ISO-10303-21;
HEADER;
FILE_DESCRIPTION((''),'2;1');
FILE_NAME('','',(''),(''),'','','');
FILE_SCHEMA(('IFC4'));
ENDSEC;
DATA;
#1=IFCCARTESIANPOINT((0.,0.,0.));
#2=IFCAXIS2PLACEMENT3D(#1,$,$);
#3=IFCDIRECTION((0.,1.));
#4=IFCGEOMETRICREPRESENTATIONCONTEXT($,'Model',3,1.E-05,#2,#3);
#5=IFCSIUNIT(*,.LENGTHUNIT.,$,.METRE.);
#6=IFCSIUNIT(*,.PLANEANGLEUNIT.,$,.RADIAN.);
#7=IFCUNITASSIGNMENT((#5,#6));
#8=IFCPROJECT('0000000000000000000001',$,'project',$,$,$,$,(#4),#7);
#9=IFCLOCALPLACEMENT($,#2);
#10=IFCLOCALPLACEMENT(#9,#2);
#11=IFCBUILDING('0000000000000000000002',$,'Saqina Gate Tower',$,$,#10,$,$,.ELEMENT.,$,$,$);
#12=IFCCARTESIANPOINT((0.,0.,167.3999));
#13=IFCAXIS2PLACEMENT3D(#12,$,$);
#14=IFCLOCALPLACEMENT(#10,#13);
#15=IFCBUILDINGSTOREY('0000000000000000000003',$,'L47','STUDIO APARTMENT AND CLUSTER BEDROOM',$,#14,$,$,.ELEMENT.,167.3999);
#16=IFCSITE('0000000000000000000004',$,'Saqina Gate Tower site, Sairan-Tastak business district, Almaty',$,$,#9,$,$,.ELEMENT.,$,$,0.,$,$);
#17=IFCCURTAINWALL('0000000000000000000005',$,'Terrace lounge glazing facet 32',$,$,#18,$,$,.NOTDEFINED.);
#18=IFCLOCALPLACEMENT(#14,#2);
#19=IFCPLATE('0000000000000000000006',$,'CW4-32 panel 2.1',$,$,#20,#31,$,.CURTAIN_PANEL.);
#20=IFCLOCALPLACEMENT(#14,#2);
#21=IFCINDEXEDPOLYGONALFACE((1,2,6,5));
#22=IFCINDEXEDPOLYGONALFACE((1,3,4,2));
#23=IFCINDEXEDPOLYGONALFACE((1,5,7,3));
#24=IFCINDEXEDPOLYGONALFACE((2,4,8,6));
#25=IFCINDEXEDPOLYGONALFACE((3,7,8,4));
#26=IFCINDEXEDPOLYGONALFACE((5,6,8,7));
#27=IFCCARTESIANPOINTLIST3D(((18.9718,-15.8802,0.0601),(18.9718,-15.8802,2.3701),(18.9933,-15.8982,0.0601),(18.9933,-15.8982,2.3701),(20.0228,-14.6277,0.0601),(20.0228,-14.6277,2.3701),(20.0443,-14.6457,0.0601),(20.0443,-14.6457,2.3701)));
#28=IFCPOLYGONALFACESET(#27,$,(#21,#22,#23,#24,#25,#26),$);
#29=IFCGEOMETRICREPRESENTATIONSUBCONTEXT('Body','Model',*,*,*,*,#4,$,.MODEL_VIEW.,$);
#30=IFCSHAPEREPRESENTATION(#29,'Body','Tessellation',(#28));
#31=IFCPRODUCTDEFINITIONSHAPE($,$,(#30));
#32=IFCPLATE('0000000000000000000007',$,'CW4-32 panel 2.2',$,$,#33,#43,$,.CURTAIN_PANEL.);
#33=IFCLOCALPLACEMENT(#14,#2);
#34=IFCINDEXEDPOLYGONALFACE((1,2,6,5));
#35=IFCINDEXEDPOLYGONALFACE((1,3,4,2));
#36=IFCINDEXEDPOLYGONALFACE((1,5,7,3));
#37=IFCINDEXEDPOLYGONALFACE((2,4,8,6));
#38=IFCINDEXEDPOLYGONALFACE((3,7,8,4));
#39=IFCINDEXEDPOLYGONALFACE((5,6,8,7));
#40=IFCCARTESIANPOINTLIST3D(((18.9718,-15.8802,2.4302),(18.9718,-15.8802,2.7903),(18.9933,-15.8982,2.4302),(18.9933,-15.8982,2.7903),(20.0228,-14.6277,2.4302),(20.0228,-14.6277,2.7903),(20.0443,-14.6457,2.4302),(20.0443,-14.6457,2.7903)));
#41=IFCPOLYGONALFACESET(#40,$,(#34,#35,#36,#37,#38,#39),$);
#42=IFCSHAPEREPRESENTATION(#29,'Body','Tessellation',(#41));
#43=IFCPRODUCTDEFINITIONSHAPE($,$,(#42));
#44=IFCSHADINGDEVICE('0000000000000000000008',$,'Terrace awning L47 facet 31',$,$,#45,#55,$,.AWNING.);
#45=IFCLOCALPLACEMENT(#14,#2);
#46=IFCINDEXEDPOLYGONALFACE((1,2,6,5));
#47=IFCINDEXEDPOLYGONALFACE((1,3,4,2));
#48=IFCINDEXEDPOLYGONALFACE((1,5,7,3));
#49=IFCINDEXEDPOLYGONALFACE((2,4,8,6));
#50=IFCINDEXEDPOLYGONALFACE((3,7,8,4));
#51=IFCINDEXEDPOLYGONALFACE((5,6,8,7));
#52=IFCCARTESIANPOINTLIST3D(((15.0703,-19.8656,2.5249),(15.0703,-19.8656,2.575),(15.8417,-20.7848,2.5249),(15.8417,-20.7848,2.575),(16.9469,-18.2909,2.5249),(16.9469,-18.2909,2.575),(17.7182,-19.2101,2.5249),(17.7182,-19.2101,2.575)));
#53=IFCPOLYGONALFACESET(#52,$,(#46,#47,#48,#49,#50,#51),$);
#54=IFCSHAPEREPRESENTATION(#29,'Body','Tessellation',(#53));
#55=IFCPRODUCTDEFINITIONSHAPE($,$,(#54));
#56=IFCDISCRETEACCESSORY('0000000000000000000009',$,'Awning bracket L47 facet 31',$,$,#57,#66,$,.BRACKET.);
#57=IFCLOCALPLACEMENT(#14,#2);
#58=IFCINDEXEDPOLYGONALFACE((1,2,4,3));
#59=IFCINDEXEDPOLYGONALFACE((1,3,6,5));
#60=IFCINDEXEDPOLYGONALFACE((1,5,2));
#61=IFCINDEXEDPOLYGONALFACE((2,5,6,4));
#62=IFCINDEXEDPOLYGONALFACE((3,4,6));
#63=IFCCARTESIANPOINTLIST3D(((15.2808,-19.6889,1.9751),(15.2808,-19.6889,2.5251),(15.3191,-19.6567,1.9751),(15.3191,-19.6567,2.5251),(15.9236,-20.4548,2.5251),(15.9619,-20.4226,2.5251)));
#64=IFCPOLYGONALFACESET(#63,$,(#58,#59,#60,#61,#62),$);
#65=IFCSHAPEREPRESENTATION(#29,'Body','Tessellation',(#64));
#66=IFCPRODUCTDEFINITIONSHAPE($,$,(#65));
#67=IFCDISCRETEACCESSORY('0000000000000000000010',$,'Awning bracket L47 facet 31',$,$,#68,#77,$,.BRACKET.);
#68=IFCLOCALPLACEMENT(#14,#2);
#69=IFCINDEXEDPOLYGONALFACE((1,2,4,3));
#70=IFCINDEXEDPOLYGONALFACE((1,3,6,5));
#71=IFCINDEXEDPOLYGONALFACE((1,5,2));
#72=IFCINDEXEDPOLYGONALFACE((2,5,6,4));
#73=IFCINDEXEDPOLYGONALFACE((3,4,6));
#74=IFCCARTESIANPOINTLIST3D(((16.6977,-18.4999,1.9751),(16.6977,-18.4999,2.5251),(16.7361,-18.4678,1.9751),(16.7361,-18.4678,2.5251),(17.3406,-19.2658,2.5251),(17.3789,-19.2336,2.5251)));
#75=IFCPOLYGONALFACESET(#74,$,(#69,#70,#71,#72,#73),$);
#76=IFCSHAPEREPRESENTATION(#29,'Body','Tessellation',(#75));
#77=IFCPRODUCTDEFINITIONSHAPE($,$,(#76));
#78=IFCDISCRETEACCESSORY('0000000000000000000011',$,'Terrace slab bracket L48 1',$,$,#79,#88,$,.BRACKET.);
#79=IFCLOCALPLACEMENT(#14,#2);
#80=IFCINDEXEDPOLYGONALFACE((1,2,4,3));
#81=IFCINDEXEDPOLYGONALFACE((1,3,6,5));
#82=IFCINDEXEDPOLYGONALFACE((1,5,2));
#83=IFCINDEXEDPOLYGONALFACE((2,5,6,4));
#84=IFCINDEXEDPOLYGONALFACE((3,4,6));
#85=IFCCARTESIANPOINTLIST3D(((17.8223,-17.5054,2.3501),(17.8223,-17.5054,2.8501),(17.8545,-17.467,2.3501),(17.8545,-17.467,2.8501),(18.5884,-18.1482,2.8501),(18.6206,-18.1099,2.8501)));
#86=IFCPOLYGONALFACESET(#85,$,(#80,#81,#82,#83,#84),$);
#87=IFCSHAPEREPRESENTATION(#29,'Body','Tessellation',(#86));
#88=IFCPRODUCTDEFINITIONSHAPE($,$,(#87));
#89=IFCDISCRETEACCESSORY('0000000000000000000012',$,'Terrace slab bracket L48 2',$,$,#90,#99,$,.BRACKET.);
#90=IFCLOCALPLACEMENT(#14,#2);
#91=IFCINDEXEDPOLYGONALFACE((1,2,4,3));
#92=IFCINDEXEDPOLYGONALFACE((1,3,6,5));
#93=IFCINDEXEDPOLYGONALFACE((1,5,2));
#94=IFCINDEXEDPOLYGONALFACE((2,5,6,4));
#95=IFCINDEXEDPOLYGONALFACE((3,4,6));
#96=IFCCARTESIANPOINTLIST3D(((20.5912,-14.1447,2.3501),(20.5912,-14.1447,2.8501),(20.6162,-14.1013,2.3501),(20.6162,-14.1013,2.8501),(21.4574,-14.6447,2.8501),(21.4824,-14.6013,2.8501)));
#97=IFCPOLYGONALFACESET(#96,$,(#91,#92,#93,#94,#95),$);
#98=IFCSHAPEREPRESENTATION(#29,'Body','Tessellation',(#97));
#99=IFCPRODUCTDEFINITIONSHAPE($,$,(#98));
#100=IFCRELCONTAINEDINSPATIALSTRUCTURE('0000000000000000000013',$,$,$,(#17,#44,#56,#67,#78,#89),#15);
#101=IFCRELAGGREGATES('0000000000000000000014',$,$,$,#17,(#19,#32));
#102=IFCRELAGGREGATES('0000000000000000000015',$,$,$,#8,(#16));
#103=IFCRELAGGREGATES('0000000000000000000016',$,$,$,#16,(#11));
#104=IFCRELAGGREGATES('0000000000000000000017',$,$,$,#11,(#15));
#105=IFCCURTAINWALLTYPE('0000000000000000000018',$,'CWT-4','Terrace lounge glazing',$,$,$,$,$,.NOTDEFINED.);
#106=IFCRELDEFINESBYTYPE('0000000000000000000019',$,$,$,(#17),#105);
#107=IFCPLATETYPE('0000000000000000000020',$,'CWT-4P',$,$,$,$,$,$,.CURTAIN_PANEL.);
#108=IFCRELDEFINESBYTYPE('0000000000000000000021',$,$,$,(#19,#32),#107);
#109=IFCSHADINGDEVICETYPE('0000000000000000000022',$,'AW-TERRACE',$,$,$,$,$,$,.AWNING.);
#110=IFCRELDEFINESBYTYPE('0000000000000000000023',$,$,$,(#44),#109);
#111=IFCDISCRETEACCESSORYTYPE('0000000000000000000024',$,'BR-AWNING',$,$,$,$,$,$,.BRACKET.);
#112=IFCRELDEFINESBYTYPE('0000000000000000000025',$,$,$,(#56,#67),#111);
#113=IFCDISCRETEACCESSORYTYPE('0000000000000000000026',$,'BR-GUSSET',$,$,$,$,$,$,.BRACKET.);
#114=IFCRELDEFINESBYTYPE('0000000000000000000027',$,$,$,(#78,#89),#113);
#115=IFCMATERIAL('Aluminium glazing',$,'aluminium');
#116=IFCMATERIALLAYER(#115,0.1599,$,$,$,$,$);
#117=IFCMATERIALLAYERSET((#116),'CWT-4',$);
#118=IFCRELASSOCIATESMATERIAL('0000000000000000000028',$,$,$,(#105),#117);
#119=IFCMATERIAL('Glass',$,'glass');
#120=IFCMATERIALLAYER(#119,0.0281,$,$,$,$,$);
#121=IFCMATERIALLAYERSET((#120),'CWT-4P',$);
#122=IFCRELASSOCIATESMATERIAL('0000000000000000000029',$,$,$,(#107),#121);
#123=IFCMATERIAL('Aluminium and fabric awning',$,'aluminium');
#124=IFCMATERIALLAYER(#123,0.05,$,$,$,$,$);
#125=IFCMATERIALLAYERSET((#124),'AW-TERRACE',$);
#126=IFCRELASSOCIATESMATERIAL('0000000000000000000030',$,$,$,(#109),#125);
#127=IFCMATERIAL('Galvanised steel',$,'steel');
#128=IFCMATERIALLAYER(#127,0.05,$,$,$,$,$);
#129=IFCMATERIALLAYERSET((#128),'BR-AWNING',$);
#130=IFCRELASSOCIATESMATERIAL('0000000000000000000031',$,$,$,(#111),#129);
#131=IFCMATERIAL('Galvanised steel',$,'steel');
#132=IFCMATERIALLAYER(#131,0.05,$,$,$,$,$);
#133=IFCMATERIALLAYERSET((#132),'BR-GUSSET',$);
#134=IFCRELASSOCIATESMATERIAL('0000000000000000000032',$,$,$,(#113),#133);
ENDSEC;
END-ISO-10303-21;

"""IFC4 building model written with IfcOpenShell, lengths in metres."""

from ifc_helpers import new_model, si_unit, direction, frame, origin, origin_2d, place, context, subcontext, project, spatial, polyline, rectangle, outline, extrude, material, layer, layer_set, type_object, element, aggregate, save


model = new_model("IFC4")

# Units and contexts
model_context = context("Model", 3, precision=1e-05, world=origin(), true_north=direction((0.0, 1.0)))
body_context = subcontext(model_context, "Body", "Model", "MODEL_VIEW")
ifc_project = project(units=[si_unit("LENGTHUNIT", "METRE"), si_unit("PLANEANGLEUNIT", "RADIAN")], contexts=[model_context])

# Site, building, storey
site_placement = place(None, origin())
site = spatial("IfcSite", under=ifc_project, at=site_placement, Name="Saqina Gate Tower site, Sairan-Tastak business district, Almaty", CompositionType="ELEMENT", RefElevation=0.0)
building_placement = place(site_placement, origin())
building = spatial("IfcBuilding", under=site, at=building_placement, Name="Saqina Gate Tower", CompositionType="ELEMENT")
storey_placement = place(building_placement, frame((0.0, 0.0, 167.3999)))
storey = spatial("IfcBuildingStorey", under=building, at=storey_placement, Name="L47", Description="STUDIO APARTMENT AND CLUSTER BEDROOM", CompositionType="ELEMENT", Elevation=167.3999)

# Curtain wall, plates
ifc_material_1 = material(Name="Aluminium glazing", Category="aluminium")
ifc_layer_1 = layer(ifc_material_1, 0.1599)
ifc_layer_set_1 = layer_set([ifc_layer_1], Name="CWT-4")
curtain_wall_type = type_object("IfcCurtainWallType", Name="CWT-4", Description="Terrace lounge glazing", PredefinedType="NOTDEFINED", material=ifc_layer_set_1)
curtain_wall_placement = place(storey_placement, origin())
curtain_wall = element("IfcCurtainWall", 1, at=curtain_wall_placement, inside=storey, type_object=curtain_wall_type, Name="Terrace lounge glazing facet 32", PredefinedType="NOTDEFINED")
ifc_material_2 = material(Name="Glass", Category="glass")
ifc_layer_2 = layer(ifc_material_2, 0.0281)
ifc_layer_set_2 = layer_set([ifc_layer_2], Name="CWT-4P")
plate_type = type_object("IfcPlateType", Name="CWT-4P", PredefinedType="CURTAIN_PANEL", material=ifc_layer_set_2)
plate_1_placement = place(storey_placement, frame((19.5081, -15.2629, 0.0601), z_axis=(0.0, 0.0, 1.0), x_axis=(0.64279, 0.766043, 0.0)))
plate_1 = element("IfcPlate", 2, at=plate_1_placement, type_object=plate_type, Name="CW4-32 panel 2.1", PredefinedType="CURTAIN_PANEL", context=body_context, shape_type="SweptSolid", body=[
    extrude(rectangle(XDim=1.635, YDim=0.0281, at=origin_2d()), origin(), (0.0, 0.0, 1.0), 2.3101),
])
plate_2_placement = place(storey_placement, frame((19.5081, -15.2629, 2.4302), z_axis=(0.0, 0.0, 1.0), x_axis=(0.64279, 0.766043, 0.0)))
plate_2 = element("IfcPlate", 3, at=plate_2_placement, type_object=plate_type, Name="CW4-32 panel 2.2", PredefinedType="CURTAIN_PANEL", context=body_context, shape_type="SweptSolid", body=[
    extrude(rectangle(XDim=1.635, YDim=0.0281, at=origin_2d()), origin(), (0.0, 0.0, 1.0), 0.3601),
])
aggregate(curtain_wall, [plate_1, plate_2])

# Shading device
ifc_material_3 = material(Name="Aluminium and fabric awning", Category="aluminium")
ifc_layer_3 = layer(ifc_material_3, 0.05)
ifc_layer_set_3 = layer_set([ifc_layer_3], Name="AW-TERRACE")
shading_device_type = type_object("IfcShadingDeviceType", Name="AW-TERRACE", PredefinedType="AWNING", material=ifc_layer_set_3)
shading_device_placement = place(storey_placement, frame((16.3943, -19.5378, 2.5249), z_axis=(0.0, 0.0, 1.0), x_axis=(0.766044, 0.642788, 0.0)))
element("IfcShadingDevice", 4, at=shading_device_placement, inside=storey, type_object=shading_device_type, Name="Terrace awning L47 facet 31", PredefinedType="AWNING", context=body_context, shape_type="SweptSolid", body=[
    extrude(rectangle(XDim=2.4497, YDim=1.2, at=origin_2d()), origin(), (0.0, 0.0, 1.0), 0.05),
])

# Discrete accessories
ifc_material_4 = material(Name="Galvanised steel", Category="steel")
ifc_layer_4 = layer(ifc_material_4, 0.05)
ifc_layer_set_4 = layer_set([ifc_layer_4], Name="BR-AWNING")
discrete_accessory_type_1 = type_object("IfcDiscreteAccessoryType", Name="BR-AWNING", PredefinedType="BRACKET", material=ifc_layer_set_4)
for number, where, z_axis, x_axis, name in (
    (5, (15.3191, -19.6567, 1.9751), (0.765955, 0.642894, 0.0), (0.0, 0.0, 1.0), "Awning bracket L47 facet 31"),
    (6, (16.7361, -18.4678, 1.9751), (0.765955, 0.642894, 0.0), (0.0, 0.0, 1.0), "Awning bracket L47 facet 31"),
):
    element("IfcDiscreteAccessory", number, at=place(storey_placement, frame(where, z_axis=z_axis, x_axis=x_axis)), inside=storey, type_object=discrete_accessory_type_1, Name=name, PredefinedType="BRACKET", context=body_context, shape_type="SweptSolid", body=[
        extrude(outline(polyline([(0.0, 0.0), (0.55, 0.0), (0.55, 0.9999), (0.0, 0.0)])), origin(), (0.0, 0.0, -1.0), 0.05),
    ])
ifc_material_5 = material(Name="Galvanised steel", Category="steel")
ifc_layer_5 = layer(ifc_material_5, 0.05)
ifc_layer_set_5 = layer_set([ifc_layer_5], Name="BR-GUSSET")
discrete_accessory_type_2 = type_object("IfcDiscreteAccessoryType", Name="BR-GUSSET", PredefinedType="BRACKET", material=ifc_layer_set_5)
discrete_accessory_1_placement = place(storey_placement, frame((17.8545, -17.467, 2.3501), z_axis=(0.642774, 0.766056, 0.0), x_axis=(0.0, 0.0, 1.0)))
element("IfcDiscreteAccessory", 7, at=discrete_accessory_1_placement, inside=storey, type_object=discrete_accessory_type_2, Name="Terrace slab bracket L48 1", PredefinedType="BRACKET", context=body_context, shape_type="SweptSolid", body=[
    extrude(outline(polyline([(0.0, 0.0), (0.5, 0.0), (0.5, 1.0001), (0.0, 0.0)])), origin(), (0.0, 0.0, -1.0), 0.05),
])
discrete_accessory_2_placement = place(storey_placement, frame((20.6162, -14.1013, 2.3501), z_axis=(0.49992, 0.866072, 0.0), x_axis=(0.0, 0.0, 1.0)))
element("IfcDiscreteAccessory", 8, at=discrete_accessory_2_placement, inside=storey, type_object=discrete_accessory_type_2, Name="Terrace slab bracket L48 2", PredefinedType="BRACKET", context=body_context, shape_type="SweptSolid", body=[
    extrude(outline(polyline([(0.0, 0.0), (0.5, 0.0), (0.5, 1.0002), (0.0, 0.0)])), origin(), (0.0, 0.0, -1.0), 0.05),
])

save(model, "model.ifc")
